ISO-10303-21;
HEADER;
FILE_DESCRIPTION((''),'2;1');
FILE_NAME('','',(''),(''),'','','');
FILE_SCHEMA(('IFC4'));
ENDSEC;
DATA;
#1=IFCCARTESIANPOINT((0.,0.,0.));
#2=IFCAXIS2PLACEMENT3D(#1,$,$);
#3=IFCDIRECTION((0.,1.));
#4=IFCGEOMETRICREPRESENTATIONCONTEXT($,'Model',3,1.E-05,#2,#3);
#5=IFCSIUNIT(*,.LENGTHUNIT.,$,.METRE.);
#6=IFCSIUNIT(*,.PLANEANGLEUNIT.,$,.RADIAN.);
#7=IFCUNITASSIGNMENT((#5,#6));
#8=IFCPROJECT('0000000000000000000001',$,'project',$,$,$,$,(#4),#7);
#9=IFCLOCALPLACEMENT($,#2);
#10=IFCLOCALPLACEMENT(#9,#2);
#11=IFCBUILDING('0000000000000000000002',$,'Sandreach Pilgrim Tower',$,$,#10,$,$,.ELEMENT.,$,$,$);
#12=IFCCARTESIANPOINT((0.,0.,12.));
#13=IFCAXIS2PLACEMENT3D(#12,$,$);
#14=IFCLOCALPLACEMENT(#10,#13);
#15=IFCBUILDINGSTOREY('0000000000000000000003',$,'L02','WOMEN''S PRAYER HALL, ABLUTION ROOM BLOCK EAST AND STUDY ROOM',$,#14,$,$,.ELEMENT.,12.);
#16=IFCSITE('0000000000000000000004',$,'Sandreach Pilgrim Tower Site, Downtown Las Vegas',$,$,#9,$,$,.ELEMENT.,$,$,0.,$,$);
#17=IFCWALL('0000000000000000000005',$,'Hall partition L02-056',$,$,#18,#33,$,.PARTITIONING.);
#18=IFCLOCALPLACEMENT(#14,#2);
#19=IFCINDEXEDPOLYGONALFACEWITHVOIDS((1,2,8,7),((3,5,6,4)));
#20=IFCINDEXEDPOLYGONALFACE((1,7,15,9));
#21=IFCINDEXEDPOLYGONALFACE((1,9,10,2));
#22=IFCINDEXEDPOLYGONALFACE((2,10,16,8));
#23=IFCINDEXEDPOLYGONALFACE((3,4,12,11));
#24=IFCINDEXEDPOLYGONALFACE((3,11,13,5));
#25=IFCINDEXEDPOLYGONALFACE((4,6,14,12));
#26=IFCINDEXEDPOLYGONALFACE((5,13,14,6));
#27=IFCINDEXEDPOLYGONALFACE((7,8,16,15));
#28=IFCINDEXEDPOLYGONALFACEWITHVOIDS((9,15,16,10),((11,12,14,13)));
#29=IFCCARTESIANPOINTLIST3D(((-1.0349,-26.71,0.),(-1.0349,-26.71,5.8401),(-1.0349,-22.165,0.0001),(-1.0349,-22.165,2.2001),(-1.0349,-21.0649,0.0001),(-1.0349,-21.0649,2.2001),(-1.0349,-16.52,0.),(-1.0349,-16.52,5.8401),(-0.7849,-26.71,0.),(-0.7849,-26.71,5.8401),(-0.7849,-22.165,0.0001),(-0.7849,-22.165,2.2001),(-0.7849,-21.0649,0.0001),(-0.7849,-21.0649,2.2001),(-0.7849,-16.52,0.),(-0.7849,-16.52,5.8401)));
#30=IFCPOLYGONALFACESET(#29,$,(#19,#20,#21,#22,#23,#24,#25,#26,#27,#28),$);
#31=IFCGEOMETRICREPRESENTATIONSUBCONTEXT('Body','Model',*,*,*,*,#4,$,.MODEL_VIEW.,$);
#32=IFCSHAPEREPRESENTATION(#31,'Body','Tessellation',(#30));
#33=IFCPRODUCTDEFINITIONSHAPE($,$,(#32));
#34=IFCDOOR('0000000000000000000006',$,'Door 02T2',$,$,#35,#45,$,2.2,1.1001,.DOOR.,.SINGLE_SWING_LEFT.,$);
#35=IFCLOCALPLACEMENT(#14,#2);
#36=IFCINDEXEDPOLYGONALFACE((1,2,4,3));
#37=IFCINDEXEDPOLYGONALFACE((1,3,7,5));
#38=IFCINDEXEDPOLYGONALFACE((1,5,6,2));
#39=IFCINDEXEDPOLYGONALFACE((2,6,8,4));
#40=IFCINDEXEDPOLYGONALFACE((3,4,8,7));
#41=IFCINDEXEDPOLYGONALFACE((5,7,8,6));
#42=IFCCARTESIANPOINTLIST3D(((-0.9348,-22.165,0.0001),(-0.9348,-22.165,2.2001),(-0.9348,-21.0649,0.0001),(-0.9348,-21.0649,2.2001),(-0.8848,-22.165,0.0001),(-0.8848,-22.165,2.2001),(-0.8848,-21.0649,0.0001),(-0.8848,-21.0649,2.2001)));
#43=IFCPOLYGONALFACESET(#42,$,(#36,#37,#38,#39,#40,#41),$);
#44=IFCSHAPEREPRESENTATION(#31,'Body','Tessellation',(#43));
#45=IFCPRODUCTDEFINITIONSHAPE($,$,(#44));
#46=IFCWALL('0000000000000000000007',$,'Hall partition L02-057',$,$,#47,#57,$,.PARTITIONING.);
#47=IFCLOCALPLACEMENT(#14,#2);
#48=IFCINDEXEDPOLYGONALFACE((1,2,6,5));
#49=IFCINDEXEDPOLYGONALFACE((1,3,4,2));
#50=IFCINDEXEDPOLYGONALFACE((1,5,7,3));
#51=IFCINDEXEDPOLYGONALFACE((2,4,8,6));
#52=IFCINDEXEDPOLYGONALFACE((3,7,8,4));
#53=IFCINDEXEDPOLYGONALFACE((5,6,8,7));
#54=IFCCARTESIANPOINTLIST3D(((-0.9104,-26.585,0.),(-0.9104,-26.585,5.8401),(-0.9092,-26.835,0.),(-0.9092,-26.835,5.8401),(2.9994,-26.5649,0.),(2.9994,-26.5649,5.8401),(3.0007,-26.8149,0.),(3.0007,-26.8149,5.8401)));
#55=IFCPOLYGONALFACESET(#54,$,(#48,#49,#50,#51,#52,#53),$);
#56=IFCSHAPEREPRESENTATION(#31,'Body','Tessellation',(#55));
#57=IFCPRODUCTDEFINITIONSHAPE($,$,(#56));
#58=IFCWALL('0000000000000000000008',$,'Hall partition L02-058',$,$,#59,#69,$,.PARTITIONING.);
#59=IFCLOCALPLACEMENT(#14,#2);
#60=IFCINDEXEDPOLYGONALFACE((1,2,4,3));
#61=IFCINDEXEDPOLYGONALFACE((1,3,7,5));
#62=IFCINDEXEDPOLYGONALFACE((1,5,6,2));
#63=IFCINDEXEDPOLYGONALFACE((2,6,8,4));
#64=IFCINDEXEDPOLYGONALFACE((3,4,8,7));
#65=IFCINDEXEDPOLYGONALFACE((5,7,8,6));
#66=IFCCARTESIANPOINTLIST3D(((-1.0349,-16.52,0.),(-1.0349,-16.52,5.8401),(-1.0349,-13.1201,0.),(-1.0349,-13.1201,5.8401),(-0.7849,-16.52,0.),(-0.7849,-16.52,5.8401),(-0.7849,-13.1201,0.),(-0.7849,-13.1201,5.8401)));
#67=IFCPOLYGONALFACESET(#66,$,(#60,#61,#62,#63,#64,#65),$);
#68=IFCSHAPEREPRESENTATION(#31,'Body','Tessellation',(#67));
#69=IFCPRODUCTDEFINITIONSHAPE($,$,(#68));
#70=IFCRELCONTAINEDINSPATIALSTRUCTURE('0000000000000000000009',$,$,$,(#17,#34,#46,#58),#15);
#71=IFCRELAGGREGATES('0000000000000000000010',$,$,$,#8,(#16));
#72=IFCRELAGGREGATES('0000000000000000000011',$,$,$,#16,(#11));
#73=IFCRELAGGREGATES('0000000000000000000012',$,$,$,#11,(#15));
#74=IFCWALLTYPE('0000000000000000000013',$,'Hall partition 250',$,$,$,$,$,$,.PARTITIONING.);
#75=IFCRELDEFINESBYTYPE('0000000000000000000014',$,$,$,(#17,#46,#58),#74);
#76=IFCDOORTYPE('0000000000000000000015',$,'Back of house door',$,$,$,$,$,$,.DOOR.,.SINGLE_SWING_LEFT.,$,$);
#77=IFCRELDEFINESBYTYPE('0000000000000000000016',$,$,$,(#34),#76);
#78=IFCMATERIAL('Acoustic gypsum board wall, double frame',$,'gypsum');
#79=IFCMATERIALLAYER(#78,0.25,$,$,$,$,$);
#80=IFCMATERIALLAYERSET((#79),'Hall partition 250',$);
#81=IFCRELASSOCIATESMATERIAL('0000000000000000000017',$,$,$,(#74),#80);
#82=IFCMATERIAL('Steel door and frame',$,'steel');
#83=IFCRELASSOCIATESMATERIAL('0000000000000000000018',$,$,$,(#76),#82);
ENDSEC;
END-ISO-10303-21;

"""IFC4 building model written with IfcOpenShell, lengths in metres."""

from ifc_helpers import new_model, si_unit, direction, frame, frame_2d, origin, place, context, subcontext, project, spatial, rectangle, extrude, material, layer, layer_set, type_object, element, fill, save


model = new_model("IFC4")

# Units and contexts
model_context = context("Model", 3, precision=1e-05, world=origin(), true_north=direction((0.0, 1.0)))
body_context = subcontext(model_context, "Body", "Model", "MODEL_VIEW")
ifc_project = project(units=[si_unit("LENGTHUNIT", "METRE"), si_unit("PLANEANGLEUNIT", "RADIAN")], contexts=[model_context])

# Site, building, storey
site_placement = place(None, origin())
site = spatial("IfcSite", under=ifc_project, at=site_placement, Name="Sandreach Pilgrim Tower Site, Downtown Las Vegas", CompositionType="ELEMENT", RefElevation=0.0)
building_placement = place(site_placement, origin())
building = spatial("IfcBuilding", under=site, at=building_placement, Name="Sandreach Pilgrim Tower", CompositionType="ELEMENT")
storey_placement = place(building_placement, frame((0.0, 0.0, 12.0)))
storey = spatial("IfcBuildingStorey", under=building, at=storey_placement, Name="L02", Description="WOMEN'S PRAYER HALL, ABLUTION ROOM BLOCK EAST AND STUDY ROOM", CompositionType="ELEMENT", Elevation=12.0)

# Shared definitions
ifc_material_1 = material(Name="Acoustic gypsum board wall, double frame", Category="gypsum")
ifc_layer = layer(ifc_material_1, 0.25)
ifc_layer_set = layer_set([ifc_layer], Name="Hall partition 250")
wall_type = type_object("IfcWallType", Name="Hall partition 250", PredefinedType="PARTITIONING", material=ifc_layer_set)

# Wall, opening, door
ifc_material_2 = material(Name="Steel door and frame", Category="steel")
door_type = type_object("IfcDoorType", Name="Back of house door", OperationType="SINGLE_SWING_LEFT", PredefinedType="DOOR", material=ifc_material_2)
wall_1_placement = place(storey_placement, frame((-0.9099, -26.71, 0.0), z_axis=(0.0, 0.0, 1.0), x_axis=(0.0, 1.0, 0.0)))
wall_1 = element("IfcWall", 1, at=wall_1_placement, inside=storey, type_object=wall_type, Name="Hall partition L02-056", PredefinedType="PARTITIONING", context=body_context, shape_type="SweptSolid", body=[
    extrude(rectangle(XDim=10.1899, YDim=0.25, at=frame_2d((5.095, 0.0))), origin(), (0.0, 0.0, 1.0), 5.8401),
])
opening_1_placement = place(wall_1_placement, frame((4.5449, 0.0, 0.0)))
opening_1 = element("IfcOpeningElement", 2, at=opening_1_placement, cuts=wall_1, PredefinedType="OPENING", context=body_context, shape_type="SweptSolid", body=[
    extrude(rectangle(XDim=1.1001, YDim=2.2, at=frame_2d((0.55, 1.1001))), frame((0.0, 0.125, 0.0), z_axis=(0.0, -1.0, 0.0), x_axis=(1.0, 0.0, 0.0)), (0.0, 0.0, 1.0), 0.25),
])
door_1_placement = place(opening_1_placement, origin())
door_1 = element("IfcDoor", 3, at=door_1_placement, inside=storey, type_object=door_type, Name="Door 02T2", OperationType="SINGLE_SWING_LEFT", OverallHeight=2.2, OverallWidth=1.1001, PredefinedType="DOOR", context=body_context, shape_type="SweptSolid", body=[
    extrude(rectangle(XDim=1.1001, YDim=2.2, at=frame_2d((0.55, 1.1001))), frame((0.0, 0.0249, 0.0), z_axis=(0.0, -1.0, 0.0), x_axis=(1.0, 0.0, 0.0)), (0.0, 0.0, 1.0), 0.05),
])
fill(opening_1, door_1)

# Walls
wall_2_placement = place(storey_placement, frame((-0.9099, -26.71, 0.0), z_axis=(0.0, 0.0, 1.0), x_axis=(0.999987, 0.00512, 0.0)))
element("IfcWall", 4, at=wall_2_placement, inside=storey, type_object=wall_type, Name="Hall partition L02-057", PredefinedType="PARTITIONING", context=body_context, shape_type="SweptSolid", body=[
    extrude(rectangle(XDim=3.9099, YDim=0.25, at=frame_2d((1.9551, 0.0))), origin(), (0.0, 0.0, 1.0), 5.8401),
])
wall_3_placement = place(storey_placement, frame((-0.9099, -16.52, 0.0), z_axis=(0.0, 0.0, 1.0), x_axis=(0.0, 1.0, 0.0)))
element("IfcWall", 5, at=wall_3_placement, inside=storey, type_object=wall_type, Name="Hall partition L02-058", PredefinedType="PARTITIONING", context=body_context, shape_type="SweptSolid", body=[
    extrude(rectangle(XDim=3.3999, YDim=0.25, at=frame_2d((1.7, 0.0))), origin(), (0.0, 0.0, 1.0), 5.8401),
])

save(model, "model.ifc")
